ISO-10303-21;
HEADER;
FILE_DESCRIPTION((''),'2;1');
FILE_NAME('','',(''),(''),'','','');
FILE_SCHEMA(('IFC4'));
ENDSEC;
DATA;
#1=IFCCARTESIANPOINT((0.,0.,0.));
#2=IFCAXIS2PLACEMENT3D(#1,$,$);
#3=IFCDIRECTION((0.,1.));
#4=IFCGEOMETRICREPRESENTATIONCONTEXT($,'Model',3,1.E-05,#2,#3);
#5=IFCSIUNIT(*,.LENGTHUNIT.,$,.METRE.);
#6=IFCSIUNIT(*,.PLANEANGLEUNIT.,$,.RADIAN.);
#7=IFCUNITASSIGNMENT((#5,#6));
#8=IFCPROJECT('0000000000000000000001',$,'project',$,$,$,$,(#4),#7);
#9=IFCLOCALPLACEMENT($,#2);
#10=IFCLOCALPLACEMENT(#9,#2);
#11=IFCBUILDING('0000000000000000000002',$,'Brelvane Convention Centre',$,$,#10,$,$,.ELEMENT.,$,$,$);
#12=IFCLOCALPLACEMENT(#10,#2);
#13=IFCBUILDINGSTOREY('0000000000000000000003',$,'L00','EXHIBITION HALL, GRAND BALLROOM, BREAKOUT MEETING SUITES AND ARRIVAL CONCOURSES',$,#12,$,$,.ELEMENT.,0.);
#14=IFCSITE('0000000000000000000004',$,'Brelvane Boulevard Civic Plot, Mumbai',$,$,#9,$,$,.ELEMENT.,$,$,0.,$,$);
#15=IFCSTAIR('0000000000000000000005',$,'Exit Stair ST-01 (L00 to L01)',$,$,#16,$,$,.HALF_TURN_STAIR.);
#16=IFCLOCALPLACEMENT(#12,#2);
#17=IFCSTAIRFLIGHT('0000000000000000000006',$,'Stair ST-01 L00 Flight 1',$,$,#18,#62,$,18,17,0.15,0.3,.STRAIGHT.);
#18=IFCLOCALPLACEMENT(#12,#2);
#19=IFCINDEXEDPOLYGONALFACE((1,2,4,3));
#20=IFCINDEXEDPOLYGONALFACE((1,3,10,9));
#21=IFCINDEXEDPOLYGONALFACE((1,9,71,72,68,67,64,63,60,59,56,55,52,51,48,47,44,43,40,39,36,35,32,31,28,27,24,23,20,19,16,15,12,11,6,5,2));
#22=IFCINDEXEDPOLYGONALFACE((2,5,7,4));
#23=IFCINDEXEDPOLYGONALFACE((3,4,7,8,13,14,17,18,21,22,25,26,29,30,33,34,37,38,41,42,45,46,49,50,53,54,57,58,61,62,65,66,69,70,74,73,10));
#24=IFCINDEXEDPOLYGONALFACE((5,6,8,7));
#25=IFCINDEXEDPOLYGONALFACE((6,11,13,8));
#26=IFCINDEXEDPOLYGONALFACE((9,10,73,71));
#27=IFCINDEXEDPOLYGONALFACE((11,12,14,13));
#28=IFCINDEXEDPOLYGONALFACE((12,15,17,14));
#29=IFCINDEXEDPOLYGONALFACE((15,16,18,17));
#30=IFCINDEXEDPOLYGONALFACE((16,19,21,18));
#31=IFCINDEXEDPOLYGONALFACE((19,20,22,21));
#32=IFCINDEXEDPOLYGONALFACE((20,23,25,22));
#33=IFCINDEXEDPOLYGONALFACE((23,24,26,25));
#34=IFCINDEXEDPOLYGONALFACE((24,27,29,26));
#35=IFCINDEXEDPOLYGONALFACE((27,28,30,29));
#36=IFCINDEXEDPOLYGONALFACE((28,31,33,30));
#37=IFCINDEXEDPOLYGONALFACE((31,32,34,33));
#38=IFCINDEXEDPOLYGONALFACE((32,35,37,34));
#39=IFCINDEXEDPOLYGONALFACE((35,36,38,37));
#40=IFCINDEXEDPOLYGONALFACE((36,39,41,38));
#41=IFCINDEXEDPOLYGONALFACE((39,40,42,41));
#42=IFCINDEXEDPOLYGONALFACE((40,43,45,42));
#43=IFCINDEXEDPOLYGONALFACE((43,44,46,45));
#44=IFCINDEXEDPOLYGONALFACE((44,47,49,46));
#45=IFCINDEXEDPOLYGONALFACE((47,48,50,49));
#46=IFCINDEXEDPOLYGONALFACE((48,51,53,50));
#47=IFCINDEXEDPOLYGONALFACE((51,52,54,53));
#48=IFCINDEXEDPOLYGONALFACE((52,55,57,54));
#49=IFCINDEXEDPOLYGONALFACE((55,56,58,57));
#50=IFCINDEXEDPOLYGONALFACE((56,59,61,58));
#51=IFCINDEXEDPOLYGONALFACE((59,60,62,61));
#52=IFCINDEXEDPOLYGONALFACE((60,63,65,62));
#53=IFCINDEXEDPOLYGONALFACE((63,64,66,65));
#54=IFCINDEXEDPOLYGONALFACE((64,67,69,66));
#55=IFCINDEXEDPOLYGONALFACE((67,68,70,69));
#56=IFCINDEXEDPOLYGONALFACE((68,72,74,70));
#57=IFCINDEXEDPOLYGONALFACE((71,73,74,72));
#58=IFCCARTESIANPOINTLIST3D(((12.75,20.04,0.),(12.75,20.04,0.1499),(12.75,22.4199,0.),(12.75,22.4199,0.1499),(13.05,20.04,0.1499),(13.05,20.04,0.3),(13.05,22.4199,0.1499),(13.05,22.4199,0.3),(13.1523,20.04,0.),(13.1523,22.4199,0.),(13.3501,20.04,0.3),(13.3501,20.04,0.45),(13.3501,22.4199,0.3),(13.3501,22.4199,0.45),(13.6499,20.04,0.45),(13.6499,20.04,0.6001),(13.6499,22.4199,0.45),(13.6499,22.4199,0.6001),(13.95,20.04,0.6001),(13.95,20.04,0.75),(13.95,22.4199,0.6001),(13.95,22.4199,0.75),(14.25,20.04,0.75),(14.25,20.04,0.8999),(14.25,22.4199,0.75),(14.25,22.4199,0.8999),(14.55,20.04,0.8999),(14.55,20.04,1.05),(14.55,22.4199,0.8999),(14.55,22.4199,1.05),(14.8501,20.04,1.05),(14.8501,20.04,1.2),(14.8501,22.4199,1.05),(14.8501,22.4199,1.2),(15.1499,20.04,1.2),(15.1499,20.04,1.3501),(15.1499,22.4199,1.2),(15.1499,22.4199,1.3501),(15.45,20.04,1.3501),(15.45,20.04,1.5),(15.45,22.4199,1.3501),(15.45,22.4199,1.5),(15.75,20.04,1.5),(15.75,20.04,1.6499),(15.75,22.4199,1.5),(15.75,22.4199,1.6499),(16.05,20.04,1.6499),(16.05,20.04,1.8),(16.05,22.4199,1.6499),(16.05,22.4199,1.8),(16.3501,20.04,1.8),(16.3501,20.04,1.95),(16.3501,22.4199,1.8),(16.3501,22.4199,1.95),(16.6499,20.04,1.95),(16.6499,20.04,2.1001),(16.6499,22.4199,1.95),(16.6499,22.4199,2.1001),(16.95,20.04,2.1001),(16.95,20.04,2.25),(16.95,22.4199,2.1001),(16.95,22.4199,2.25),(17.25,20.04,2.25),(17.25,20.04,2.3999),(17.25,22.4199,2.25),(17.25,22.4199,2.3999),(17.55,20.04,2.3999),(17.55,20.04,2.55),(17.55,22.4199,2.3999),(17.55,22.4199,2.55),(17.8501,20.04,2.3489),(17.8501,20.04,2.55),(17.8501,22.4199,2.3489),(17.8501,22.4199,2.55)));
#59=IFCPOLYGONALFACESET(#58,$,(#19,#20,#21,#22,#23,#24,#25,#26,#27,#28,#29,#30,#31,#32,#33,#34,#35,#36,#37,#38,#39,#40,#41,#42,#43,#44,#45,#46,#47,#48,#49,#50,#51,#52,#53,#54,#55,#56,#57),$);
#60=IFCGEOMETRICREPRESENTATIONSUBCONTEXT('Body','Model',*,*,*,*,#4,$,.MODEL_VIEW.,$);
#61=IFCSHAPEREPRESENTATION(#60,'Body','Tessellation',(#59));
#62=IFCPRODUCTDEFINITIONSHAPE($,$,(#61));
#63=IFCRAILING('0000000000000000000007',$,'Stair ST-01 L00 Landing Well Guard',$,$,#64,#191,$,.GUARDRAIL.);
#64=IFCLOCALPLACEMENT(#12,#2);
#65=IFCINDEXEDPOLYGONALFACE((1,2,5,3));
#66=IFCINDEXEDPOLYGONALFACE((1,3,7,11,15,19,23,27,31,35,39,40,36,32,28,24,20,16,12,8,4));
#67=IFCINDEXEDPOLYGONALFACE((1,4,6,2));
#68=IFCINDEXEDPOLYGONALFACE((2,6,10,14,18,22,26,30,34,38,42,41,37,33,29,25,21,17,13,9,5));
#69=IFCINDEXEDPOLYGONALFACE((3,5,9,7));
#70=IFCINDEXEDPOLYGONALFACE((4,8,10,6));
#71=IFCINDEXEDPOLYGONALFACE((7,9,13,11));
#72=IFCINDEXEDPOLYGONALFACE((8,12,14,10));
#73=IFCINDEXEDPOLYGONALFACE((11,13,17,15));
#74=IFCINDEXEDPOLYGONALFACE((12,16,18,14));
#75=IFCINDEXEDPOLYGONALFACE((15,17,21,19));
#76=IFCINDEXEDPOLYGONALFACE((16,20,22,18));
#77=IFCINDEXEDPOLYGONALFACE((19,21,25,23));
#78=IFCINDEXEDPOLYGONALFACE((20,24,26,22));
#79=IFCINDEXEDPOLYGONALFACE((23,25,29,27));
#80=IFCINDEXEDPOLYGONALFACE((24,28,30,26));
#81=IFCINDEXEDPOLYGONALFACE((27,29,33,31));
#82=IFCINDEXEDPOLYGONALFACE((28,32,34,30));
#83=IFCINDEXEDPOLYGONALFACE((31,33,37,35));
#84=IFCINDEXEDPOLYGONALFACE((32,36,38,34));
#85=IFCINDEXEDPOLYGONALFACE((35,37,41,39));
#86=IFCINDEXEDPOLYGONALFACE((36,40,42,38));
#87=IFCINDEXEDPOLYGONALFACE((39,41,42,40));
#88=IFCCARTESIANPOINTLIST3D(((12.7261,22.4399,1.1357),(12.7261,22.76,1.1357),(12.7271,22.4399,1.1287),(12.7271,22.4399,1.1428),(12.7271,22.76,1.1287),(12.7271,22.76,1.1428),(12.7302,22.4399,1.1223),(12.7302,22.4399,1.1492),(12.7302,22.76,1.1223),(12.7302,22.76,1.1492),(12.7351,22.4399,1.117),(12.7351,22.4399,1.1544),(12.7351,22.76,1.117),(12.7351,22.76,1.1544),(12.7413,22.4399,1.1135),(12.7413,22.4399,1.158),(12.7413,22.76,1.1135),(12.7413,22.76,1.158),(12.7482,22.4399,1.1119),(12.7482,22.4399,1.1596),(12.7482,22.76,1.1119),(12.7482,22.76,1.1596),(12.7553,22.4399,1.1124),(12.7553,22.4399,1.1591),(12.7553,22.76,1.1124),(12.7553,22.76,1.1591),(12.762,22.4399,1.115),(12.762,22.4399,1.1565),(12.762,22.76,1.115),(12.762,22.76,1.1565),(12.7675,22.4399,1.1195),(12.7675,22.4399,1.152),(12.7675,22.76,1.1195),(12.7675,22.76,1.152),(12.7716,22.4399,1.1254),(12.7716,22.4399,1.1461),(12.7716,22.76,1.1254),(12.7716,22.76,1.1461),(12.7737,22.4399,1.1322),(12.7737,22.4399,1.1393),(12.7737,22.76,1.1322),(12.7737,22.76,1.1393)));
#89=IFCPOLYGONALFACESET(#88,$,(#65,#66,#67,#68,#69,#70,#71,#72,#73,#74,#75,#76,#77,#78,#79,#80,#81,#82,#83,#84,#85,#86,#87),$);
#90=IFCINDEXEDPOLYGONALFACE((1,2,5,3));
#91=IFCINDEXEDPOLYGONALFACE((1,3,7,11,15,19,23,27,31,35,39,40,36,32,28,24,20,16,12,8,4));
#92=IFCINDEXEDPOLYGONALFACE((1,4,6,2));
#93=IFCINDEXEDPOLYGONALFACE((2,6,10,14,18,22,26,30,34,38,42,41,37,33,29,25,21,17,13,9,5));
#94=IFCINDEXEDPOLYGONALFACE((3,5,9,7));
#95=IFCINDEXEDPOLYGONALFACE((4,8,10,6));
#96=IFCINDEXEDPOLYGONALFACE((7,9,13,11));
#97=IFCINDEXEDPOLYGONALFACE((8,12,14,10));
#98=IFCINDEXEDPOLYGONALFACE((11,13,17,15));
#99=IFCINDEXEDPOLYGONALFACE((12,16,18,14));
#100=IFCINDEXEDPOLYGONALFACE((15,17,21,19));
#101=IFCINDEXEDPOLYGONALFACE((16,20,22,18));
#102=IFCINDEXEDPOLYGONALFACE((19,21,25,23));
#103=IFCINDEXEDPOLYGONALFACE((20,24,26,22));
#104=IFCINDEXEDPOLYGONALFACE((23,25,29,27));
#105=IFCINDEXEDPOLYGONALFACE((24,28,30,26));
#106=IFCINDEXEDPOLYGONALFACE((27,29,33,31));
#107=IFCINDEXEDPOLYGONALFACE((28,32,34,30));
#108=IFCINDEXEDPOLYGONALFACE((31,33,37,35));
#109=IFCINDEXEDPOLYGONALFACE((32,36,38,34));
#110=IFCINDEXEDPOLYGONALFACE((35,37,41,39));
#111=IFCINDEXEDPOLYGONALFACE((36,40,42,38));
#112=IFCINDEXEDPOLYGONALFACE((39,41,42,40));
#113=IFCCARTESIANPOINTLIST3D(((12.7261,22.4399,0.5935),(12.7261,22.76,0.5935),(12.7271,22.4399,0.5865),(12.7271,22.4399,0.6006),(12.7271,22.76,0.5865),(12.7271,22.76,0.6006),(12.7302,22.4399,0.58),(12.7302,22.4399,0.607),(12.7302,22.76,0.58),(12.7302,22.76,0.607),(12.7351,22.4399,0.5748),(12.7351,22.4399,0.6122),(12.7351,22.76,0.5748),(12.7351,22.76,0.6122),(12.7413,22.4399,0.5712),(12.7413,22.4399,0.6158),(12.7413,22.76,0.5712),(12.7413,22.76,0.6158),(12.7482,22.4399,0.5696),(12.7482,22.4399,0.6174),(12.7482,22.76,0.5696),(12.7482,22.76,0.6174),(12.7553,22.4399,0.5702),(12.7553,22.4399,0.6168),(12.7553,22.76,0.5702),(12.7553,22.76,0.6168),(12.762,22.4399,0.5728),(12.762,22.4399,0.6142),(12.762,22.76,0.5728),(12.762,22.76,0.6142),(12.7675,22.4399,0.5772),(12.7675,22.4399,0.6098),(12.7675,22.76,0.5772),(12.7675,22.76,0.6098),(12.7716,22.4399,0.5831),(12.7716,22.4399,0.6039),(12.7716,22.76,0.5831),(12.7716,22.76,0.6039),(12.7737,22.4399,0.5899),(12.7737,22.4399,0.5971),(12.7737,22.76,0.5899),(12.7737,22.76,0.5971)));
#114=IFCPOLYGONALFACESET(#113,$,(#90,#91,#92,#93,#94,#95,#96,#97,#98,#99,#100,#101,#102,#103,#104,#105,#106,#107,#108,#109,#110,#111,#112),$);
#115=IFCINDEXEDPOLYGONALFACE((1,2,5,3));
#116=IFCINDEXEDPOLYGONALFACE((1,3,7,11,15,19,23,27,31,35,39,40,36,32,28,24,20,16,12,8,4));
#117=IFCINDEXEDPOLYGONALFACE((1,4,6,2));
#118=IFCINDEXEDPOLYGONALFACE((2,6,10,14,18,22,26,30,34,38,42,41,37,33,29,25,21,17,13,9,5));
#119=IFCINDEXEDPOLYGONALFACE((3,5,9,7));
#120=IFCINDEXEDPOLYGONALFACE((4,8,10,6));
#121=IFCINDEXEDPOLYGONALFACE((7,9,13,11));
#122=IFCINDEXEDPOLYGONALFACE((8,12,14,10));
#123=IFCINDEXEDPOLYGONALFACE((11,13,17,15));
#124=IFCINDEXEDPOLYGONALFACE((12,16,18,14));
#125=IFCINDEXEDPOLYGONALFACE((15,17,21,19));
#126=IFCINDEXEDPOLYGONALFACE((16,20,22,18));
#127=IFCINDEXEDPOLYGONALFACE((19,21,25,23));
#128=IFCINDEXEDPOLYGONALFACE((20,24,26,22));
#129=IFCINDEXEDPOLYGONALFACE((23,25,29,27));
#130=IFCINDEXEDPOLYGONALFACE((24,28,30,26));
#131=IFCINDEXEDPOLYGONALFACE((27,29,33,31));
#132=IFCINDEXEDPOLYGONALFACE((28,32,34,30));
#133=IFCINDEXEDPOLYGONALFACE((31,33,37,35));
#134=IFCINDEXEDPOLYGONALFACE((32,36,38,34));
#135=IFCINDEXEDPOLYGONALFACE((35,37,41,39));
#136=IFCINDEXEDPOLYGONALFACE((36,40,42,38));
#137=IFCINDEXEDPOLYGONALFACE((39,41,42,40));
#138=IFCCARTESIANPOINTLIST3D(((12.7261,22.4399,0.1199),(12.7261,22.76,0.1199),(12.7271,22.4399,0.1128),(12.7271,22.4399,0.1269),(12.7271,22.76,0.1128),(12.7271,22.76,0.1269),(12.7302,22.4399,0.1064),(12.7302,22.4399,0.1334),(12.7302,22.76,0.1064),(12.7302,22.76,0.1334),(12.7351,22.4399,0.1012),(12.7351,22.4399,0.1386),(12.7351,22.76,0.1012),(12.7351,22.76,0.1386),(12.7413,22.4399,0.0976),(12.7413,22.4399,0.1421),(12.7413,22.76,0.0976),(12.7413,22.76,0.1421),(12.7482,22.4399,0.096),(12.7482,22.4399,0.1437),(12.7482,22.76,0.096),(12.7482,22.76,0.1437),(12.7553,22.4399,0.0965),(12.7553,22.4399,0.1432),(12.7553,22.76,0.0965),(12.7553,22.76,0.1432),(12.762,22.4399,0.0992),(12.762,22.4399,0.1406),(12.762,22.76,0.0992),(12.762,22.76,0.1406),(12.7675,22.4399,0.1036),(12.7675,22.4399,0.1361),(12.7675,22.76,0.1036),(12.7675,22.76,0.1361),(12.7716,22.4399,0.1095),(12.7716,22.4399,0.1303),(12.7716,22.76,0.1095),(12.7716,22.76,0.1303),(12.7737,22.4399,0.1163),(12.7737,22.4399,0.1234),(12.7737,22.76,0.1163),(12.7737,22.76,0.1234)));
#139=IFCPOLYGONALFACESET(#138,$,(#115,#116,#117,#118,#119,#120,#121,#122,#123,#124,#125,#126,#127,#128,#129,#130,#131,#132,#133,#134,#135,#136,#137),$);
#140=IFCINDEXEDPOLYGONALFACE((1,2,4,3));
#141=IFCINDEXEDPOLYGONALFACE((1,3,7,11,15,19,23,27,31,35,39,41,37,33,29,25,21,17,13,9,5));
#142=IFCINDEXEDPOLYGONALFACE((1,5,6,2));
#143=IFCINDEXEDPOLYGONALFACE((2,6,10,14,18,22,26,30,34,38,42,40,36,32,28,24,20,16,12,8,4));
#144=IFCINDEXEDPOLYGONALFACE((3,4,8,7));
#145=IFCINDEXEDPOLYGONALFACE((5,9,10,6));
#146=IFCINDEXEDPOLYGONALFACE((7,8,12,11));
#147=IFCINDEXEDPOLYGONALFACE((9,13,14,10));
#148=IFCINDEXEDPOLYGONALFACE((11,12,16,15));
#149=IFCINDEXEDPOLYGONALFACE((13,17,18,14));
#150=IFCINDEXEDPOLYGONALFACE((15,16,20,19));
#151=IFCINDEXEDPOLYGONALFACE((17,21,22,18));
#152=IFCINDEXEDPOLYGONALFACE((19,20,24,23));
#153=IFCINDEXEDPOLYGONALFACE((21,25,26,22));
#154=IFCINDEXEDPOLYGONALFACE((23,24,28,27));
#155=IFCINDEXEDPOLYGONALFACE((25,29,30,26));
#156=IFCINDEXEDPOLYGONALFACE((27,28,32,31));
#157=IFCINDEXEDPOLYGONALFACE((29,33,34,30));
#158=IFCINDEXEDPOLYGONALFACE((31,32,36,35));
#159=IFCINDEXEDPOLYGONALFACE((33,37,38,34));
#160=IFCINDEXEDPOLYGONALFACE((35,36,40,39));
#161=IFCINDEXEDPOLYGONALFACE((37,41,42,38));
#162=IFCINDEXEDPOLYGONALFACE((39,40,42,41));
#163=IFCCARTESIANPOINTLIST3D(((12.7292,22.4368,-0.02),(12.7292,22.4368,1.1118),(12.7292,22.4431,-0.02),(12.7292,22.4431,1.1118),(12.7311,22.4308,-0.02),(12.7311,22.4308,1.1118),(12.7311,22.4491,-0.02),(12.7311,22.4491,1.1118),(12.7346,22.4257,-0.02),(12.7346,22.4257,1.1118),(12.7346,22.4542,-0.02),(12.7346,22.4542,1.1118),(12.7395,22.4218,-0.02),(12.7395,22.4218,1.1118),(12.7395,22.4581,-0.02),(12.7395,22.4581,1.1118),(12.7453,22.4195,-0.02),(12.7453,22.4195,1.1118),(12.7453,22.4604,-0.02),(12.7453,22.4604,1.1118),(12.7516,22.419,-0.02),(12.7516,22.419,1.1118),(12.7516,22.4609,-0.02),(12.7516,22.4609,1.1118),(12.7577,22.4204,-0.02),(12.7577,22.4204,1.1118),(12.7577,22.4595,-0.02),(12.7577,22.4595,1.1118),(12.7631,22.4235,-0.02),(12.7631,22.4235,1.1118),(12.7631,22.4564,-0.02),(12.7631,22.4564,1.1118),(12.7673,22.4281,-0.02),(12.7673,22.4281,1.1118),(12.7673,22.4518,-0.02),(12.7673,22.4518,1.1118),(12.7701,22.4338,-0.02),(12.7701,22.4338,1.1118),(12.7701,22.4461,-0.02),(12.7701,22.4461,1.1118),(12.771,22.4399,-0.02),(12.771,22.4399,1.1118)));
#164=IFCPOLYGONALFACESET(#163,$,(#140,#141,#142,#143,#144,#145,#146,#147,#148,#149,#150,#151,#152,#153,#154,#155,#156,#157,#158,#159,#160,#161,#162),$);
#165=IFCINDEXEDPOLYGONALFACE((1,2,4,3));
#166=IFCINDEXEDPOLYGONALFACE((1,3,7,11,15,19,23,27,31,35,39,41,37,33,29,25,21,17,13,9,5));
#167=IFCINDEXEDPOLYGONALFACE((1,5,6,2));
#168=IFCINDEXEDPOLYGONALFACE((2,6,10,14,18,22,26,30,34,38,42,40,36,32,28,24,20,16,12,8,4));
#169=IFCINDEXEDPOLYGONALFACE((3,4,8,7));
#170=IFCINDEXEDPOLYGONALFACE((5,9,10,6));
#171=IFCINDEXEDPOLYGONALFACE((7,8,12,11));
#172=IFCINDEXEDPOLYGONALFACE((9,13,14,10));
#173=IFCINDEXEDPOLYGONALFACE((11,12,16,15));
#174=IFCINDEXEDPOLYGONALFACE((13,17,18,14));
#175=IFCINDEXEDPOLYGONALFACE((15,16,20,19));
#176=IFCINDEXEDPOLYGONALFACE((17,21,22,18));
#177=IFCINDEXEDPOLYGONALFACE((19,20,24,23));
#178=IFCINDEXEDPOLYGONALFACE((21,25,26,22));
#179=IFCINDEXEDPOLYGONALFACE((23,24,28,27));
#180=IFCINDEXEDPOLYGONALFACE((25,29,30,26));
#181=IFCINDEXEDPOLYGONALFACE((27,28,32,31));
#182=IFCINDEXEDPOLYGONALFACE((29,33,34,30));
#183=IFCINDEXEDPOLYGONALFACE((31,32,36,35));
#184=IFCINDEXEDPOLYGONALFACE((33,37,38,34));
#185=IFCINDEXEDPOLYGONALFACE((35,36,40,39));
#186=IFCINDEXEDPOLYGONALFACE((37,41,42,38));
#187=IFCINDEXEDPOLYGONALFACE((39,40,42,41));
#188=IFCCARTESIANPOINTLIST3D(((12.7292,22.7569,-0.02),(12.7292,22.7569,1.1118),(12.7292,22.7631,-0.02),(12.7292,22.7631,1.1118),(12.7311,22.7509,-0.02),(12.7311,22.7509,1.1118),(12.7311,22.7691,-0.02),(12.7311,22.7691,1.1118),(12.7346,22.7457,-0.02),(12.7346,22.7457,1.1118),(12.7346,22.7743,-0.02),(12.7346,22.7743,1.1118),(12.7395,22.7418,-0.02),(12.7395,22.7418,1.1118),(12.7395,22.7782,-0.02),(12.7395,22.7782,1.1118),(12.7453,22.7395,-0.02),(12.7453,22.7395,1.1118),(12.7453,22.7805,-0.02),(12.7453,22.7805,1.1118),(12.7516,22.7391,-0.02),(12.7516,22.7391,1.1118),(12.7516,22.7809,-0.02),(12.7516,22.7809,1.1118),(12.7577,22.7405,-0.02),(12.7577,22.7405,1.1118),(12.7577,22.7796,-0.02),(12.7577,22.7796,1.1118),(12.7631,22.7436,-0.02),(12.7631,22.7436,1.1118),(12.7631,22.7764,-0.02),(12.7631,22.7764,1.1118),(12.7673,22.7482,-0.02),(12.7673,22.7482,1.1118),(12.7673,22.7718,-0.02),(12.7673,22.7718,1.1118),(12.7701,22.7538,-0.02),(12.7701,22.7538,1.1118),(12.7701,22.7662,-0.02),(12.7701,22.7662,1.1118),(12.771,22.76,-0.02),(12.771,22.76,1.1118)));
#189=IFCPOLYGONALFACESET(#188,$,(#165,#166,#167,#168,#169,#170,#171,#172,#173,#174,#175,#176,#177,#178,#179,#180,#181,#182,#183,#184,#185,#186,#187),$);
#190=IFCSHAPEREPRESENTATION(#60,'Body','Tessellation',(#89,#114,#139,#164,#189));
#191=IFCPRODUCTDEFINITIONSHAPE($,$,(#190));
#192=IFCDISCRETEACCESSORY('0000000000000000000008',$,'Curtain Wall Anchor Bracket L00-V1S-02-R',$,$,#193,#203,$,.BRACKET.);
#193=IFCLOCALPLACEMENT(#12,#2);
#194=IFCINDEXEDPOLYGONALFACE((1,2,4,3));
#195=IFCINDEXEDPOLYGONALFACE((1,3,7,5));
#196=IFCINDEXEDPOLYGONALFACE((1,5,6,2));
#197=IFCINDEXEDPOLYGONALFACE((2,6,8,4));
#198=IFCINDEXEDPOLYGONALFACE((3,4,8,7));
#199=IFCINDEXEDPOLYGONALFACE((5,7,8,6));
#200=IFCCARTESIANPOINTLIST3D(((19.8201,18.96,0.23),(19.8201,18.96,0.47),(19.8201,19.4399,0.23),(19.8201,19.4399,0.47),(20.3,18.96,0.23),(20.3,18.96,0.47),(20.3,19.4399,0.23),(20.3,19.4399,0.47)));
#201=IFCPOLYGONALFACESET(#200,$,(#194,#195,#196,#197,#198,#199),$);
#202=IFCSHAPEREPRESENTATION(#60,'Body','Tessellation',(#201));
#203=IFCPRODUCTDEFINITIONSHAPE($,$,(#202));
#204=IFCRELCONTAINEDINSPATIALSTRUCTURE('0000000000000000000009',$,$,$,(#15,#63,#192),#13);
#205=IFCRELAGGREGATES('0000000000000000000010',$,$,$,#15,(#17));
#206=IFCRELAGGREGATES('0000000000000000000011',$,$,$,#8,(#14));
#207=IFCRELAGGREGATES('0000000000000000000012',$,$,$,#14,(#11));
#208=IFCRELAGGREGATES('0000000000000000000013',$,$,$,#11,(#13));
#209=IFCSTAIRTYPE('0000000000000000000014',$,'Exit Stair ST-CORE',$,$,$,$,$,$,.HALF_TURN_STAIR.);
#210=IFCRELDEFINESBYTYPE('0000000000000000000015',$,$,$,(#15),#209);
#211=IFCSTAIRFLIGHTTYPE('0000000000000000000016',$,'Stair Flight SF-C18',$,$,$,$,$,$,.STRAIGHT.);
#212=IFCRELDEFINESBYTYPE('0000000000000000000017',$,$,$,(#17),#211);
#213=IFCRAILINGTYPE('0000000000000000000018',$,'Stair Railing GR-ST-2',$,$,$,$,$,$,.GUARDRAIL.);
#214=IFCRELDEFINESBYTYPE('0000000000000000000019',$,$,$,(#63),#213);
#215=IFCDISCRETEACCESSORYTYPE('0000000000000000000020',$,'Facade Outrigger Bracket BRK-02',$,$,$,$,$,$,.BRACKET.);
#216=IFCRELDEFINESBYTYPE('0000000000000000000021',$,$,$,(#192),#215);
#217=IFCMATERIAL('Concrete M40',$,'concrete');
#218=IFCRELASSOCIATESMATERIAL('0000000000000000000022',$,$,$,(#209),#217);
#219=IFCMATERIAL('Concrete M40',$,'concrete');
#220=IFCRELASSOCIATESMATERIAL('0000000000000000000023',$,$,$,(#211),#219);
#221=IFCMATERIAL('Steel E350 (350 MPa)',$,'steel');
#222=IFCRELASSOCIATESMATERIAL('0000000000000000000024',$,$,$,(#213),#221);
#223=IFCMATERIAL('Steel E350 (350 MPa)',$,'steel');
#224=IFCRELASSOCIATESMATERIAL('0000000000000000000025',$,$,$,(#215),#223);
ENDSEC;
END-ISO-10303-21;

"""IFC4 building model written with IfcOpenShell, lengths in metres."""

from ifc_helpers import new_model, si_unit, direction, frame, origin, origin_2d, place, context, subcontext, project, spatial, polyline, rectangle, circle, outline, extrude, material, type_object, element, aggregate, save


model = new_model("IFC4")

# Units and contexts
model_context = context("Model", 3, precision=1e-05, world=origin(), true_north=direction((0.0, 1.0)))
body_context = subcontext(model_context, "Body", "Model", "MODEL_VIEW")
ifc_project = project(units=[si_unit("LENGTHUNIT", "METRE"), si_unit("PLANEANGLEUNIT", "RADIAN")], contexts=[model_context])

# Site, building, storey
site_placement = place(None, origin())
site = spatial("IfcSite", under=ifc_project, at=site_placement, Name="Brelvane Boulevard Civic Plot, Mumbai", CompositionType="ELEMENT", RefElevation=0.0)
building_placement = place(site_placement, origin())
building = spatial("IfcBuilding", under=site, at=building_placement, Name="Brelvane Convention Centre", CompositionType="ELEMENT")
storey_placement = place(building_placement, origin())
storey = spatial("IfcBuildingStorey", under=building, at=storey_placement, Name="L00", Description="EXHIBITION HALL, GRAND BALLROOM, BREAKOUT MEETING SUITES AND ARRIVAL CONCOURSES", CompositionType="ELEMENT", Elevation=0.0)

# Stair, stair flight
ifc_material_1 = material(Name="Concrete M40", Category="concrete")
stair_type = type_object("IfcStairType", Name="Exit Stair ST-CORE", PredefinedType="HALF_TURN_STAIR", material=ifc_material_1)
stair_placement = place(storey_placement, origin())
stair = element("IfcStair", 1, at=stair_placement, inside=storey, type_object=stair_type, Name="Exit Stair ST-01 (L00 to L01)", PredefinedType="HALF_TURN_STAIR")
ifc_material_2 = material(Name="Concrete M40", Category="concrete")
stair_flight_type = type_object("IfcStairFlightType", Name="Stair Flight SF-C18", PredefinedType="STRAIGHT", material=ifc_material_2)
stair_flight_placement = place(storey_placement, frame((12.75, 21.23, 0.0), z_axis=(0.0, 0.0, 1.0), x_axis=(1.0, 0.0, 0.0)))
stair_flight = element("IfcStairFlight", 2, at=stair_flight_placement, type_object=stair_flight_type, Name="Stair ST-01 L00 Flight 1", NumberOfRisers=18, NumberOfTreads=17, PredefinedType="STRAIGHT", RiserHeight=0.15, TreadLength=0.3, context=body_context, shape_type="SweptSolid", body=[
    extrude(outline(polyline([(0.0, 0.0), (0.0, 0.1499), (0.3, 0.1499), (0.3, 0.3), (0.6001, 0.3), (0.6001, 0.45), (0.8999, 0.45), (0.8999, 0.6001), (1.2, 0.6001), (1.2, 0.75), (1.5, 0.75), (1.5, 0.8999), (1.8, 0.8999), (1.8, 1.05), (2.1001, 1.05), (2.1001, 1.2), (2.3999, 1.2), (2.3999, 1.3501), (2.7, 1.3501), (2.7, 1.5), (3.0, 1.5), (3.0, 1.6499), (3.3, 1.6499), (3.3, 1.8), (3.6001, 1.8), (3.6001, 1.95), (3.8999, 1.95), (3.8999, 2.1001), (4.2, 2.1001), (4.2, 2.25), (4.5, 2.25), (4.5, 2.3999), (4.8, 2.3999), (4.8, 2.55), (5.1001, 2.55), (5.1001, 2.7), (5.1001, 2.3489), (0.4023, 0.0), (0.0, 0.0)])), frame((0.0, 1.1899, 0.0), z_axis=(0.0, -1.0, 0.0), x_axis=(1.0, 0.0, 0.0)), (0.0, 0.0, 1.0), 2.3799),
])
aggregate(stair, [stair_flight])

# Railing
ifc_material_3 = material(Name="Steel E350 (350 MPa)", Category="steel")
railing_type_1 = type_object("IfcRailingType", Name="Stair Railing GR-ST-2", PredefinedType="GUARDRAIL", material=ifc_material_3)
railing_1_placement = place(storey_placement, frame((12.75, 22.4399, -0.02)))
element("IfcRailing", 3, at=railing_1_placement, inside=storey, type_object=railing_type_1, Name="Stair ST-01 L00 Landing Well Guard", PredefinedType="GUARDRAIL", context=body_context, shape_type="SweptSolid", body=[
    extrude(circle(Radius=0.0239, at=origin_2d()), frame((0.0, 0.0, 1.1558), z_axis=(0.0, 1.0, 0.0), x_axis=(-1.0, 0.0, 0.0)), (0.0, 0.0, 1.0), 0.3201),
    extrude(circle(Radius=0.0239, at=origin_2d()), frame((0.0, 0.0, 0.6135), z_axis=(0.0, 1.0, 0.0), x_axis=(-1.0, 0.0, 0.0)), (0.0, 0.0, 1.0), 0.3201),
    extrude(circle(Radius=0.0239, at=origin_2d()), frame((0.0, 0.0, 0.1399), z_axis=(0.0, 1.0, 0.0), x_axis=(-1.0, 0.0, 0.0)), (0.0, 0.0, 1.0), 0.3201),
    extrude(circle(Radius=0.021, at=origin_2d()), origin(), (0.0, 0.0, 1.0), 1.1318),
    extrude(circle(Radius=0.021, at=origin_2d()), frame((0.0, 0.3201, 0.0)), (0.0, 0.0, 1.0), 1.1318),
])

# Discrete accessory
ifc_material_4 = material(Name="Steel E350 (350 MPa)", Category="steel")
discrete_accessory_type = type_object("IfcDiscreteAccessoryType", Name="Facade Outrigger Bracket BRK-02", PredefinedType="BRACKET", material=ifc_material_4)
discrete_accessory_placement = place(storey_placement, frame((20.0601, 19.2, 0.23), z_axis=(0.0, 0.0, 1.0), x_axis=(1.0, 0.0, 0.0)))
element("IfcDiscreteAccessory", 4, at=discrete_accessory_placement, inside=storey, type_object=discrete_accessory_type, Name="Curtain Wall Anchor Bracket L00-V1S-02-R", PredefinedType="BRACKET", context=body_context, shape_type="SweptSolid", body=[
    extrude(rectangle(XDim=0.48, YDim=0.48, at=origin_2d()), origin(), (0.0, 0.0, 1.0), 0.24),
])

save(model, "model.ifc")
